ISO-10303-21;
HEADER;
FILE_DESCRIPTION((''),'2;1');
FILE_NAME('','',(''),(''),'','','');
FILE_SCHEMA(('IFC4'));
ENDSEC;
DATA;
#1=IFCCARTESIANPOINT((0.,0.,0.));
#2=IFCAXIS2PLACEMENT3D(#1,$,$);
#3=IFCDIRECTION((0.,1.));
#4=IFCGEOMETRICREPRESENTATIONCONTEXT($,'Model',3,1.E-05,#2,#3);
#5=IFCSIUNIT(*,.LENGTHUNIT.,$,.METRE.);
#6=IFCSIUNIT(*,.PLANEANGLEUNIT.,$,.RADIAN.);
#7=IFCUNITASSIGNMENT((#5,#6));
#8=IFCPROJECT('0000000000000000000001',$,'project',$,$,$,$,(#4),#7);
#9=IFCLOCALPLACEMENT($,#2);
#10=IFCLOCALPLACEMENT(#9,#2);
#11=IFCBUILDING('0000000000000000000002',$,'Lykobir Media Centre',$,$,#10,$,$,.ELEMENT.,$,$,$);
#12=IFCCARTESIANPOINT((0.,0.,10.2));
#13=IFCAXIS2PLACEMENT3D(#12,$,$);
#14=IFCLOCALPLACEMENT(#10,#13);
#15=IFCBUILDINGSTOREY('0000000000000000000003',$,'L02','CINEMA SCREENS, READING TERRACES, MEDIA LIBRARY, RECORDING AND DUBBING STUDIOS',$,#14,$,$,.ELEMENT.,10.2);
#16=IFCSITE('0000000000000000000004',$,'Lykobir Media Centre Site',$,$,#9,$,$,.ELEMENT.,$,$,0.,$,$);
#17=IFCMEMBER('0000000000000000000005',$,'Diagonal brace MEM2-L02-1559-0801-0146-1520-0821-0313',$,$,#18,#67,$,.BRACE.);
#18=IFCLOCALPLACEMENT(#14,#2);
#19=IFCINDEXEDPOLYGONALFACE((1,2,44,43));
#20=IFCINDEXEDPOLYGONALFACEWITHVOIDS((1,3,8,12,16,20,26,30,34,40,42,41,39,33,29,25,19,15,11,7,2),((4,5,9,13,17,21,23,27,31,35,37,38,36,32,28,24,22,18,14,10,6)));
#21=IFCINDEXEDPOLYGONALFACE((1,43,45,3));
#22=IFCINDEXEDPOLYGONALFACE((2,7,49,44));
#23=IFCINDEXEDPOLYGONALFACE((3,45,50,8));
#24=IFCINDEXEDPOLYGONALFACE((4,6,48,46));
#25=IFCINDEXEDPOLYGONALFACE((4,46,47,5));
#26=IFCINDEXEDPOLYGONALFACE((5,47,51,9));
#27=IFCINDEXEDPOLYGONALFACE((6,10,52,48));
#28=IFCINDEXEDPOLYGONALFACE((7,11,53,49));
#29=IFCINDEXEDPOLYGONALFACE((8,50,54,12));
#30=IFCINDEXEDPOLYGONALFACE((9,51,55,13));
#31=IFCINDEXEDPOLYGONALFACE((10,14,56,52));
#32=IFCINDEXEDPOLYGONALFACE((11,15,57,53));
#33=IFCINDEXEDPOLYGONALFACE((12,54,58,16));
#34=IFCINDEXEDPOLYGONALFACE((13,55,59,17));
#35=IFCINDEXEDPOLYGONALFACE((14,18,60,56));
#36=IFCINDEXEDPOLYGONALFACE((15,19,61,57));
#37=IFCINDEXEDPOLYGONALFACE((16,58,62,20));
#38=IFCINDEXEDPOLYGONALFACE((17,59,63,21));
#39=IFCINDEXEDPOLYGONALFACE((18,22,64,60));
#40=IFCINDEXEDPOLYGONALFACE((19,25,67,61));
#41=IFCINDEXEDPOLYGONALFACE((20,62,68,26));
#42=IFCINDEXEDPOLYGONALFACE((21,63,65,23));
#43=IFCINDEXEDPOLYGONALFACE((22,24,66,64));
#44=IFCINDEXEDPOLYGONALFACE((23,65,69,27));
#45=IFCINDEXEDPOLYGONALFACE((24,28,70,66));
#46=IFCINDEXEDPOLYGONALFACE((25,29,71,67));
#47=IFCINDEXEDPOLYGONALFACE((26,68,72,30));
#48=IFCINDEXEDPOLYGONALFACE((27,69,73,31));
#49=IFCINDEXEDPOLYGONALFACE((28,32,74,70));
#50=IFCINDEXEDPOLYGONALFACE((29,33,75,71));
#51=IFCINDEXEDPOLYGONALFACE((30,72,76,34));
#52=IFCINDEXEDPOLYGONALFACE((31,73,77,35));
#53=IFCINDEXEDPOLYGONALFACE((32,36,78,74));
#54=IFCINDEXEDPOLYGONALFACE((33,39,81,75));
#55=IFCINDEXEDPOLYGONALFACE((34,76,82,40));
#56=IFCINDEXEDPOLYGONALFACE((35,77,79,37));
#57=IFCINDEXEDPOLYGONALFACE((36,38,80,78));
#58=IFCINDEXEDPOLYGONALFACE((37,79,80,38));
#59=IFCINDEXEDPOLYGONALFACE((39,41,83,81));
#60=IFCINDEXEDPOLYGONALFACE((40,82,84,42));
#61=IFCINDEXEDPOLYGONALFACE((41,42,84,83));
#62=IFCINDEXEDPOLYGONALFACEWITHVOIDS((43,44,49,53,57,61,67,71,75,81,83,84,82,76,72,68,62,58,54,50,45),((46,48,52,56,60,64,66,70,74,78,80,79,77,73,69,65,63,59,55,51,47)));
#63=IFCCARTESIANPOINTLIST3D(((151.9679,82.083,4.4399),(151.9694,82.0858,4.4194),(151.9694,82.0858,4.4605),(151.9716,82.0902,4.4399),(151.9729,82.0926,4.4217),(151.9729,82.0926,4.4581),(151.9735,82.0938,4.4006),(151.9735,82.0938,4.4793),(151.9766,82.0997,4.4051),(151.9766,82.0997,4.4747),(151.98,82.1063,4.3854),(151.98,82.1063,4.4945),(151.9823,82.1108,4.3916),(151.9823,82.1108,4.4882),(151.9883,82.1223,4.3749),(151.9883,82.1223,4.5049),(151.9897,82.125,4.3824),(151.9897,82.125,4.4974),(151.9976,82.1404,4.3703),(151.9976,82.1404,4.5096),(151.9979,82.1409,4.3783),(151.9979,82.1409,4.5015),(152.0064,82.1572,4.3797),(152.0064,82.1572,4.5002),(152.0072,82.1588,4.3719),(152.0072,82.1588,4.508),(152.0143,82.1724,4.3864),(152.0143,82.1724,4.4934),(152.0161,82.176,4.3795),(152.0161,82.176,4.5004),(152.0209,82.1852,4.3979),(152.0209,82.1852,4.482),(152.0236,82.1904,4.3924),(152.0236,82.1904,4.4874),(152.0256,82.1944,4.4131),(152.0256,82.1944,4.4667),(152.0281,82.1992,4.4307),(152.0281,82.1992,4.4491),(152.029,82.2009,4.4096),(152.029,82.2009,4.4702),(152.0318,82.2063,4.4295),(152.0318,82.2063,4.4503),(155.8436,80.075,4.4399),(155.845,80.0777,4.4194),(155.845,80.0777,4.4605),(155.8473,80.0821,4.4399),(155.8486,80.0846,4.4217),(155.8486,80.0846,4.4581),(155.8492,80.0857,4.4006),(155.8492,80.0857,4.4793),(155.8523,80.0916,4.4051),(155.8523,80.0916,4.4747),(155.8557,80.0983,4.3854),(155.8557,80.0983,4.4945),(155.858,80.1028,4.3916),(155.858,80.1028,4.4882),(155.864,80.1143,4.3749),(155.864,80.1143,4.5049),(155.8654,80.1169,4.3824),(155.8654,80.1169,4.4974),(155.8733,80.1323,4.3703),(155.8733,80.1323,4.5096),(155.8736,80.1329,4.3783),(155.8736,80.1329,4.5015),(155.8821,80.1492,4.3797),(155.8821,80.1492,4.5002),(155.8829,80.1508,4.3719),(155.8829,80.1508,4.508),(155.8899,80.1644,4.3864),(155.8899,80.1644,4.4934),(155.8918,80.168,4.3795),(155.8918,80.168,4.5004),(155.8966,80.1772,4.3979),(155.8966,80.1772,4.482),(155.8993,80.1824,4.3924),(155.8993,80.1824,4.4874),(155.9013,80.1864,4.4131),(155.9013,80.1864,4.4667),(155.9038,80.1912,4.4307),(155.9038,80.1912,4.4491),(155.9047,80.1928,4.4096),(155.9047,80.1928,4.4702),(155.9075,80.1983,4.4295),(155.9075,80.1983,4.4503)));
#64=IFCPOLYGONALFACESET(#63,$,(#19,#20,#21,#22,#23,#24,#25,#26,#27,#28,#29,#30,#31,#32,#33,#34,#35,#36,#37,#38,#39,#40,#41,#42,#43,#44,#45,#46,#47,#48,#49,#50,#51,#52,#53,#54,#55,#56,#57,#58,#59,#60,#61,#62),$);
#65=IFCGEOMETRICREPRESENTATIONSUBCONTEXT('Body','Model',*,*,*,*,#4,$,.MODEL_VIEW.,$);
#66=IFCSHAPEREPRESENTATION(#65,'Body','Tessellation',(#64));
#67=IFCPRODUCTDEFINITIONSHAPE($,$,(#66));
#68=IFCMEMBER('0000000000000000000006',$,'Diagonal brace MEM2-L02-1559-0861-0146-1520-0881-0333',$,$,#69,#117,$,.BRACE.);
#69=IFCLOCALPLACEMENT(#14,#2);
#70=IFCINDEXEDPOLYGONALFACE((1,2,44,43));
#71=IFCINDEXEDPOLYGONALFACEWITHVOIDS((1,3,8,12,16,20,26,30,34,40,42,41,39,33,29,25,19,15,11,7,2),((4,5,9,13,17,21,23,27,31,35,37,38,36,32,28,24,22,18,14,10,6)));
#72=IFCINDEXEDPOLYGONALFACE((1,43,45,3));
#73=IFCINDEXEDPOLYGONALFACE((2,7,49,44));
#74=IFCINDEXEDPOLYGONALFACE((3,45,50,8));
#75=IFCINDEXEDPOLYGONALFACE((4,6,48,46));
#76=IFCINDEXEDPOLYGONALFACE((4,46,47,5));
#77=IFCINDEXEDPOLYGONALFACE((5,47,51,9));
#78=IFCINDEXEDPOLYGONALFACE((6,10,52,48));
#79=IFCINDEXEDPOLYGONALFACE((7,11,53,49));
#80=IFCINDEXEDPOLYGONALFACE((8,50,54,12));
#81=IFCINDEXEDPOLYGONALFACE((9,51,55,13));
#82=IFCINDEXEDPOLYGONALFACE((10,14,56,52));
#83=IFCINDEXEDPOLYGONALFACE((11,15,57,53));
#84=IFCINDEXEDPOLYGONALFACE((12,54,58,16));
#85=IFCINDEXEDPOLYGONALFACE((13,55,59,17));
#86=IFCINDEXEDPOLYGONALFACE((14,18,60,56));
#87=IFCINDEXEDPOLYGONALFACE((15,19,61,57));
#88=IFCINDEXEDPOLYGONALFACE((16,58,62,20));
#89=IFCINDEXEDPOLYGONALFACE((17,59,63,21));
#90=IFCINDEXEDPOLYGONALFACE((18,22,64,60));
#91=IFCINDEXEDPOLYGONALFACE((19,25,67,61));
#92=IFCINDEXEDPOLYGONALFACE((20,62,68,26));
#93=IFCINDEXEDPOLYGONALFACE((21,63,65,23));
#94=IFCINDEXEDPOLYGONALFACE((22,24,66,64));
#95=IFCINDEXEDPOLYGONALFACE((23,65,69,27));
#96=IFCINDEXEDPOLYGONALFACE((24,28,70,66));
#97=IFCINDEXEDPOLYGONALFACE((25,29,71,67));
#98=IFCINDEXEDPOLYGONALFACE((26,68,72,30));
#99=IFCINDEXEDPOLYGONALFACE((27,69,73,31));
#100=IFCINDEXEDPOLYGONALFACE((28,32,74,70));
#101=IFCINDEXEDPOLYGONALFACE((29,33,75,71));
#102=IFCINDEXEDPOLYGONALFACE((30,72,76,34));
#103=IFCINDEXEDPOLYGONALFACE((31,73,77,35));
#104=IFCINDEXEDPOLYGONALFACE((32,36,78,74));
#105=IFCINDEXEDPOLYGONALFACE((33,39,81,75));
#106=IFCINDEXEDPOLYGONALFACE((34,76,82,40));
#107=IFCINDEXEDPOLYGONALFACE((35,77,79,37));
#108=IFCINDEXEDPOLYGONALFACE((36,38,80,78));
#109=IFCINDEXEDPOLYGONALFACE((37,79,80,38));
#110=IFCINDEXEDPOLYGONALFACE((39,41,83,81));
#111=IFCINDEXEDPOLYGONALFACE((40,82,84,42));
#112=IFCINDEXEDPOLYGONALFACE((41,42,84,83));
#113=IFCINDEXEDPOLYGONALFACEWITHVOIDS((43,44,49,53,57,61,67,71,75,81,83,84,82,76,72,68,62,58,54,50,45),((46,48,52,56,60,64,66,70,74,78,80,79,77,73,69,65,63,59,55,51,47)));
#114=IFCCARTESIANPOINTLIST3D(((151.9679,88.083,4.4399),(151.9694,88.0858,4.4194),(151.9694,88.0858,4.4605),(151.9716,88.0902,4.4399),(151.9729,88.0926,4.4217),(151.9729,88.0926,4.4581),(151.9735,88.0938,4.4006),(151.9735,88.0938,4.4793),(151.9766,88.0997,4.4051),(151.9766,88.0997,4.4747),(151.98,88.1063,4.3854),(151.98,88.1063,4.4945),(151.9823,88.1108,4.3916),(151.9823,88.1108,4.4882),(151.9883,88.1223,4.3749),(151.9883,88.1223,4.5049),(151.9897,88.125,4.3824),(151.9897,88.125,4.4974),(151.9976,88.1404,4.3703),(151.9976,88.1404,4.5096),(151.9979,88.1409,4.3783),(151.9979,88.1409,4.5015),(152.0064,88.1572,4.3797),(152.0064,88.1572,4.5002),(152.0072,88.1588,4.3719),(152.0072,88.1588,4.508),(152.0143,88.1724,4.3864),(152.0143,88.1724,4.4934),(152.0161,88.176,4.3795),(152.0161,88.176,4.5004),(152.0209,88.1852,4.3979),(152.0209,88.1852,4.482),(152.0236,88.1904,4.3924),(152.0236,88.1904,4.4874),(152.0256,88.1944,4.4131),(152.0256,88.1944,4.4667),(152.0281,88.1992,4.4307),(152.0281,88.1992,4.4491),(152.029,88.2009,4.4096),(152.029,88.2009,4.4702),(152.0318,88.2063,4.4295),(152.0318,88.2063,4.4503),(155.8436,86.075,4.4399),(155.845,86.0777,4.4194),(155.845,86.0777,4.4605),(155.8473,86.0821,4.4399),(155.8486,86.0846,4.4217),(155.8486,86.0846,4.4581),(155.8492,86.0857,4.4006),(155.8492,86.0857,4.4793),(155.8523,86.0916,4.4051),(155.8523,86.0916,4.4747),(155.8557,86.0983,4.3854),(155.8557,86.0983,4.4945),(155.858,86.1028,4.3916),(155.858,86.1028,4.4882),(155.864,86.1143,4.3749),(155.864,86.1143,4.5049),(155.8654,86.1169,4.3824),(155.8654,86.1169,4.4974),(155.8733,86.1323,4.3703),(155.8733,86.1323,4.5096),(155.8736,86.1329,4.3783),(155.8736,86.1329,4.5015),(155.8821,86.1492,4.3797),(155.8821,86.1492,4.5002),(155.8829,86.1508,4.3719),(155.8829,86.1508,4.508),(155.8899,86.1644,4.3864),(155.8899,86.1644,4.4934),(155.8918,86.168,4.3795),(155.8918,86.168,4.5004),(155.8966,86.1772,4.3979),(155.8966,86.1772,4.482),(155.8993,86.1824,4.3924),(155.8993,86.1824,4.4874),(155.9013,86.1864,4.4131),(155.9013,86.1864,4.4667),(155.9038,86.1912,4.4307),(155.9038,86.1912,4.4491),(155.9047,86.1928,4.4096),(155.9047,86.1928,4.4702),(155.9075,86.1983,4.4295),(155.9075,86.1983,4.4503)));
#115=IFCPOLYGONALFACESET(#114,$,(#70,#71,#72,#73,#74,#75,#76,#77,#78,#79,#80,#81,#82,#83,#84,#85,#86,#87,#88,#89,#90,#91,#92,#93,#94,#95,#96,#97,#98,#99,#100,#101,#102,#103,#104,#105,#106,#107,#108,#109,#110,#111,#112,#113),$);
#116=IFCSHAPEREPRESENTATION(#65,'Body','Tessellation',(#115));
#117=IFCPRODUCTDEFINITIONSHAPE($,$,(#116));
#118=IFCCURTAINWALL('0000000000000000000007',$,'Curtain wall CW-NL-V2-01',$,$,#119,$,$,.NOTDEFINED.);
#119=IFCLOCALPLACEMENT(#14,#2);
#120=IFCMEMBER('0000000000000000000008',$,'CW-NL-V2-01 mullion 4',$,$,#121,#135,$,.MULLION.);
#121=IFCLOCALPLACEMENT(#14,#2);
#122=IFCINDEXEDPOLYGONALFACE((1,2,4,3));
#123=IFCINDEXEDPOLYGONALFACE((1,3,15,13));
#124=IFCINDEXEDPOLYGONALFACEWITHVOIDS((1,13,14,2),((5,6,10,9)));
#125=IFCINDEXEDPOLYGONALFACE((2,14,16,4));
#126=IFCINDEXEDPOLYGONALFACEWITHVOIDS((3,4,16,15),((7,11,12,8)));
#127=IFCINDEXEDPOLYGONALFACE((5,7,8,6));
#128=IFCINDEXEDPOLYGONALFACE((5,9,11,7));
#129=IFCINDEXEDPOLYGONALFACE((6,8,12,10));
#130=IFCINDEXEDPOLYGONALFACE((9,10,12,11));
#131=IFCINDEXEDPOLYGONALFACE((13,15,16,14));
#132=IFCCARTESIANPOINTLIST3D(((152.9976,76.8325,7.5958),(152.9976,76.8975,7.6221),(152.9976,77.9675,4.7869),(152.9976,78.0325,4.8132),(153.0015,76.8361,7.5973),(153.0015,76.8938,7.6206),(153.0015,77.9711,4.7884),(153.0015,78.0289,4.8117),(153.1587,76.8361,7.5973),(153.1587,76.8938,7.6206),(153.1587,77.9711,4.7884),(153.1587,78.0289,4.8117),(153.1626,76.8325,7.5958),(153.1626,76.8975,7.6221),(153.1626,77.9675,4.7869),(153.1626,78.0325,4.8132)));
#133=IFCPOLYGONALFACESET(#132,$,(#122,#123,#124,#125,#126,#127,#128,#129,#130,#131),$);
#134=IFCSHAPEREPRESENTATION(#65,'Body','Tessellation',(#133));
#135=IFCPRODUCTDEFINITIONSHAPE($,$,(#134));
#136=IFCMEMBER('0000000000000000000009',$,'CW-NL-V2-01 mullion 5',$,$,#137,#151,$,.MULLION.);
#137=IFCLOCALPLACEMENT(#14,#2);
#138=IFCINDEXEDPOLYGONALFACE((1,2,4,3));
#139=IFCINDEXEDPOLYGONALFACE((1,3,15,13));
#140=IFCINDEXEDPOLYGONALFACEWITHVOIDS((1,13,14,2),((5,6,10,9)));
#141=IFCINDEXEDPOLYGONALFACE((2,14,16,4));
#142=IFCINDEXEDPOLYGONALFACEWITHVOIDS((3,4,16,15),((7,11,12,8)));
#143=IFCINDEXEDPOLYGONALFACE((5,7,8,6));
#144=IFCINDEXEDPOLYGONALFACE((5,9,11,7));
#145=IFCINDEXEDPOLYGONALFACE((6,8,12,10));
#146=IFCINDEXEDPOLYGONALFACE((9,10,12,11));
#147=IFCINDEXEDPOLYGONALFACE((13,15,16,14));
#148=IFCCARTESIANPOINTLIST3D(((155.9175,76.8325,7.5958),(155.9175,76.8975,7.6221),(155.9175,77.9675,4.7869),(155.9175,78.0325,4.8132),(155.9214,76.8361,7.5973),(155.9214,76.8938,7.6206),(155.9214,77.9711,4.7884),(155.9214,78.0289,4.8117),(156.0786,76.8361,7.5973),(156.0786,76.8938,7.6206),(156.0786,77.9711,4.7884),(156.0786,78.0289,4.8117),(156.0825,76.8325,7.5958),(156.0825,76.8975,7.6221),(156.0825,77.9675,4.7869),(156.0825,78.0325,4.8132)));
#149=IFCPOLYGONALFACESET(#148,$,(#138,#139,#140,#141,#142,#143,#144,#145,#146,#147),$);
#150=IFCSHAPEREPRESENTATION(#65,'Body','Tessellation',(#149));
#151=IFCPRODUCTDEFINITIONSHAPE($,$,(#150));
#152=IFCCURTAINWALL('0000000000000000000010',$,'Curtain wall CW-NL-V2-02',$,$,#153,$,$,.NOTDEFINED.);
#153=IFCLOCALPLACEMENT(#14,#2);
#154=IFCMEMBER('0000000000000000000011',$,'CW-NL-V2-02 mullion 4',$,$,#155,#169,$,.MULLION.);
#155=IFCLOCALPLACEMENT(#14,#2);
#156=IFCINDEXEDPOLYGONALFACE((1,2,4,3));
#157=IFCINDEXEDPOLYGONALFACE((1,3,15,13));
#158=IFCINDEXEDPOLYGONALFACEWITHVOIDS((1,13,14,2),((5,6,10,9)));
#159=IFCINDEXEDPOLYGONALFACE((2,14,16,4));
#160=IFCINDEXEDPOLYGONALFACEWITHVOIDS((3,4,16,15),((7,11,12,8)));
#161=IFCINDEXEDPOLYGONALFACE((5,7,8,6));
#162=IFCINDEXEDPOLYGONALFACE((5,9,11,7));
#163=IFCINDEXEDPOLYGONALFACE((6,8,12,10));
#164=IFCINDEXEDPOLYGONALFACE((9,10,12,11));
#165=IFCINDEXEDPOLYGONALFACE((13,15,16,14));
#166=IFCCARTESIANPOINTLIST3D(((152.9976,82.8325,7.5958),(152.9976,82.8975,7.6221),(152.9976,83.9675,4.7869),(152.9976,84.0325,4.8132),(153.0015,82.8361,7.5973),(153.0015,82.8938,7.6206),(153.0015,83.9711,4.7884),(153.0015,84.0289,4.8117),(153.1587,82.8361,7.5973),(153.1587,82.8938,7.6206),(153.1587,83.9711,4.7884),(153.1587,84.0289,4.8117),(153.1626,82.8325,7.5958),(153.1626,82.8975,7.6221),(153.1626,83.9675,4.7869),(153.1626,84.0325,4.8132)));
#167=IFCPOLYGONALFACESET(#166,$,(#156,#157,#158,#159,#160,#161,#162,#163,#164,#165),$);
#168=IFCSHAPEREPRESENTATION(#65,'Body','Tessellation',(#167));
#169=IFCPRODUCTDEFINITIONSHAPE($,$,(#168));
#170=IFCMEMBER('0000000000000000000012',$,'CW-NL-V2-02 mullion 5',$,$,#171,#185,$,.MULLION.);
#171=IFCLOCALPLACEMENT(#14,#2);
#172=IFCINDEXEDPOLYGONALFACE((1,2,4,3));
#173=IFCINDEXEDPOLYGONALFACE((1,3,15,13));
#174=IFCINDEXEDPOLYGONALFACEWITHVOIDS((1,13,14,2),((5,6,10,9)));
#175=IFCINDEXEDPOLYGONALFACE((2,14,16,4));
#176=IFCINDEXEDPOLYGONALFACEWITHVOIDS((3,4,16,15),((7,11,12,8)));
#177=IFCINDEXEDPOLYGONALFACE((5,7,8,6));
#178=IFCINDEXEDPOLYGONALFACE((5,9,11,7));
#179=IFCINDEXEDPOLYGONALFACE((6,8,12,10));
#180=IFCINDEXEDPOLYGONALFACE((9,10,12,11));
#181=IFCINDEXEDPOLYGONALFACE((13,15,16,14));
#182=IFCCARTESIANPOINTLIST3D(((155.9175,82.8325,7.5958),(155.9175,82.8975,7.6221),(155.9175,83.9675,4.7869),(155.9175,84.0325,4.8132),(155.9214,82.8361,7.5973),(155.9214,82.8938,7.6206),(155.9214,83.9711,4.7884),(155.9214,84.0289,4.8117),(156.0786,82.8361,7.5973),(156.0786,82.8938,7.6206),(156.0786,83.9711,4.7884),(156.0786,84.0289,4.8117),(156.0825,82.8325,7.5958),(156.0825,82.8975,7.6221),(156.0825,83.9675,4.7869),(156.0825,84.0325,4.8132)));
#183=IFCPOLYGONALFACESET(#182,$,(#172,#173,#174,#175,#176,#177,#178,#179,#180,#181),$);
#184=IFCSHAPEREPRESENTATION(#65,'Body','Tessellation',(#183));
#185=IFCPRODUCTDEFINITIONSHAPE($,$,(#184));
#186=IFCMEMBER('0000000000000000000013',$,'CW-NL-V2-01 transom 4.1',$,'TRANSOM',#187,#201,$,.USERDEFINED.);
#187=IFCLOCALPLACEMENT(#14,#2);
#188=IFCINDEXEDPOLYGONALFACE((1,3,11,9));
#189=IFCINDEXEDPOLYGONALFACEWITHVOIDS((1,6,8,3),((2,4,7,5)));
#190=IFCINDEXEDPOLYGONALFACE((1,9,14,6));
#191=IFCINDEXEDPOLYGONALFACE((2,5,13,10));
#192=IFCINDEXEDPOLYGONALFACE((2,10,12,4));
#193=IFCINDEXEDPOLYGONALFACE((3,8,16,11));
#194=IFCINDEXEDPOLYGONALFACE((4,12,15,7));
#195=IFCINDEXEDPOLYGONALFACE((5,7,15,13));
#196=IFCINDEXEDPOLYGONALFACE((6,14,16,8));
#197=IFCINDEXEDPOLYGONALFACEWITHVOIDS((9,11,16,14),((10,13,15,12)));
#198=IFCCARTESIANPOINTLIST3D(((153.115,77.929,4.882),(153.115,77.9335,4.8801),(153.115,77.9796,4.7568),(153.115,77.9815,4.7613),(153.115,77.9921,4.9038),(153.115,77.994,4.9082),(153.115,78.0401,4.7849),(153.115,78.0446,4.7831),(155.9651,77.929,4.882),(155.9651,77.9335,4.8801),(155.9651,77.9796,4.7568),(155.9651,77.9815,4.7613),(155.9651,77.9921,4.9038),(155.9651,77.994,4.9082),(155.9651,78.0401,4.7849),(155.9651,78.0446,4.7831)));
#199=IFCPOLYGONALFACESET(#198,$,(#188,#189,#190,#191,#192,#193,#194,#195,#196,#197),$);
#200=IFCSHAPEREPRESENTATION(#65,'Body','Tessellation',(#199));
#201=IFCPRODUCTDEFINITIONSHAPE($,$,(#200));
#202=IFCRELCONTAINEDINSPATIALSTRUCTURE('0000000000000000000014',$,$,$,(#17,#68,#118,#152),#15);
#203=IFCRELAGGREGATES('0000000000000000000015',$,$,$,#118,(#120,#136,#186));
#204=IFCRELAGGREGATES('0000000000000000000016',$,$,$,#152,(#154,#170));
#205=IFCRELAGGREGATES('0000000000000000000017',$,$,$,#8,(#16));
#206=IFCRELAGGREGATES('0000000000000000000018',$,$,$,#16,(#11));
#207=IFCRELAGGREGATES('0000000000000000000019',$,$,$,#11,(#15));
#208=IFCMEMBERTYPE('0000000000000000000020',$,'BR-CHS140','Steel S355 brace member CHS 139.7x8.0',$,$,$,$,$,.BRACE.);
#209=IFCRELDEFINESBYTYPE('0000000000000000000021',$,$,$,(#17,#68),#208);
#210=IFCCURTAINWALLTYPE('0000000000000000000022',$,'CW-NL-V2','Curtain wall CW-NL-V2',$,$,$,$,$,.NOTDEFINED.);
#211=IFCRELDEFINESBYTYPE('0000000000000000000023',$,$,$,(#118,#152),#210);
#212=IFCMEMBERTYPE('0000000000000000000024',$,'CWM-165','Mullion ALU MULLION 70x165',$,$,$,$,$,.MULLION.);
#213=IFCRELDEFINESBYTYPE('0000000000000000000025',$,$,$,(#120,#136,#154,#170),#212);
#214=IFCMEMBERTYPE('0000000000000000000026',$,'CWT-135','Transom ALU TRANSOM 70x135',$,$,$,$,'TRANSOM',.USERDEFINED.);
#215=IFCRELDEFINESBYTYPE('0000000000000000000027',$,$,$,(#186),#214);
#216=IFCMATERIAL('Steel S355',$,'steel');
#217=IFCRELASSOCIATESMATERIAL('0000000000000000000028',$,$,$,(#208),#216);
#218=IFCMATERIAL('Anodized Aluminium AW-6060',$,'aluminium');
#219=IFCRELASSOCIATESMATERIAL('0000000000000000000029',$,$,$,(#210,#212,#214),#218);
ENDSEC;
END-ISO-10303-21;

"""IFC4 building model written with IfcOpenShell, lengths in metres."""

from ifc_helpers import new_model, si_unit, direction, frame, origin, origin_2d, place, context, subcontext, project, spatial, hollow_rectangle, hollow_circle, extrude, material, material_profile, profile_set, type_object, element, aggregate, save


model = new_model("IFC4")

# Units and contexts
model_context = context("Model", 3, precision=1e-05, world=origin(), true_north=direction((0.0, 1.0)))
body_context = subcontext(model_context, "Body", "Model", "MODEL_VIEW")
ifc_project = project(units=[si_unit("LENGTHUNIT", "METRE"), si_unit("PLANEANGLEUNIT", "RADIAN")], contexts=[model_context])

# Site, building, storey
site_placement = place(None, origin())
site = spatial("IfcSite", under=ifc_project, at=site_placement, Name="Lykobir Media Centre Site", CompositionType="ELEMENT", RefElevation=0.0)
building_placement = place(site_placement, origin())
building = spatial("IfcBuilding", under=site, at=building_placement, Name="Lykobir Media Centre", CompositionType="ELEMENT")
storey_placement = place(building_placement, frame((0.0, 0.0, 10.2)))
storey = spatial("IfcBuildingStorey", under=building, at=storey_placement, Name="L02", Description="CINEMA SCREENS, READING TERRACES, MEDIA LIBRARY, RECORDING AND DUBBING STUDIOS", CompositionType="ELEMENT", Elevation=10.2)

# Members
ifc_material_1 = material(Name="Steel S355", Category="steel")
ifc_material_profile_1 = material_profile(ifc_material_1, hollow_circle(Radius=0.0698, WallThickness=0.0081, at=origin_2d()), Name="CHS 139.7x8.0")
ifc_profile_set_1 = profile_set([ifc_material_profile_1], Name="Steel S355")
member_type_1 = type_object("IfcMemberType", Name="BR-CHS140", Description="Steel S355 brace member CHS 139.7x8.0", PredefinedType="BRACE", material=ifc_profile_set_1)
for number, where, z_axis, x_axis, name in (
    (1, (155.8757, 80.137, 4.4399), (-0.887903, 0.460031, 0.0), (-0.460031, -0.887903, 0.0), "Diagonal brace MEM2-L02-1559-0801-0146-1520-0821-0313"),
    (2, (155.8757, 86.137, 4.4399), (-0.887903, 0.460031, 0.0), (-0.460031, -0.887903, 0.0), "Diagonal brace MEM2-L02-1559-0861-0146-1520-0881-0333"),
):
    element("IfcMember", number, at=place(storey_placement, frame(where, z_axis=z_axis, x_axis=x_axis)), inside=storey, type_object=member_type_1, Name=name, PredefinedType="BRACE", context=body_context, shape_type="SweptSolid", body=[
        extrude(hollow_circle(Radius=0.0698, WallThickness=0.0081, at=origin_2d()), origin(), (0.0, 0.0, 1.0), 4.365),
    ])

# Curtain walls, members
ifc_material_2 = material(Name="Anodized Aluminium AW-6060", Category="aluminium")
curtain_wall_type = type_object("IfcCurtainWallType", Name="CW-NL-V2", Description="Curtain wall CW-NL-V2", PredefinedType="NOTDEFINED", material=ifc_material_2)
curtain_wall_1_placement = place(storey_placement, origin())
curtain_wall_1 = element("IfcCurtainWall", 3, at=curtain_wall_1_placement, inside=storey, type_object=curtain_wall_type, Name="Curtain wall CW-NL-V2-01", PredefinedType="NOTDEFINED")
ifc_material_profile_2 = material_profile(ifc_material_2, hollow_rectangle(XDim=0.0701, YDim=0.165, WallThickness=0.0039, at=origin_2d()), Name="ALU MULLION 70x165")
ifc_profile_set_2 = profile_set([ifc_material_profile_2], Name="Anodized Aluminium AW-6060")
member_type_2 = type_object("IfcMemberType", Name="CWM-165", Description="Mullion ALU MULLION 70x165", PredefinedType="MULLION", material=ifc_profile_set_2)
member_1_placement = place(storey_placement, frame((153.0801, 78.0, 4.8), z_axis=(0.0, -0.374654, 0.927165), x_axis=(0.0, 0.927165, 0.374654)))
member_1 = element("IfcMember", 4, at=member_1_placement, type_object=member_type_2, Name="CW-NL-V2-01 mullion 4", PredefinedType="MULLION", context=body_context, shape_type="SweptSolid", body=[
    extrude(hollow_rectangle(XDim=0.0701, YDim=0.165, WallThickness=0.0039, at=origin_2d()), origin(), (0.0, 0.0, 1.0), 3.0295),
])
member_2_placement = place(storey_placement, frame((156.0, 78.0, 4.8), z_axis=(0.0, -0.374654, 0.927165), x_axis=(0.0, 0.927165, 0.374654)))
member_2 = element("IfcMember", 5, at=member_2_placement, type_object=member_type_2, Name="CW-NL-V2-01 mullion 5", PredefinedType="MULLION", context=body_context, shape_type="SweptSolid", body=[
    extrude(hollow_rectangle(XDim=0.0701, YDim=0.165, WallThickness=0.0039, at=origin_2d()), origin(), (0.0, 0.0, 1.0), 3.0295),
])
curtain_wall_2_placement = place(storey_placement, origin())
curtain_wall_2 = element("IfcCurtainWall", 6, at=curtain_wall_2_placement, inside=storey, type_object=curtain_wall_type, Name="Curtain wall CW-NL-V2-02", PredefinedType="NOTDEFINED")
member_3_placement = place(storey_placement, frame((153.0801, 84.0, 4.8), z_axis=(0.0, -0.374654, 0.927165), x_axis=(0.0, 0.927165, 0.374654)))
member_3 = element("IfcMember", 7, at=member_3_placement, type_object=member_type_2, Name="CW-NL-V2-02 mullion 4", PredefinedType="MULLION", context=body_context, shape_type="SweptSolid", body=[
    extrude(hollow_rectangle(XDim=0.0701, YDim=0.165, WallThickness=0.0039, at=origin_2d()), origin(), (0.0, 0.0, 1.0), 3.0295),
])
member_4_placement = place(storey_placement, frame((156.0, 84.0, 4.8), z_axis=(0.0, -0.374654, 0.927165), x_axis=(0.0, 0.927165, 0.374654)))
member_4 = element("IfcMember", 8, at=member_4_placement, type_object=member_type_2, Name="CW-NL-V2-02 mullion 5", PredefinedType="MULLION", context=body_context, shape_type="SweptSolid", body=[
    extrude(hollow_rectangle(XDim=0.0701, YDim=0.165, WallThickness=0.0039, at=origin_2d()), origin(), (0.0, 0.0, 1.0), 3.0295),
])

# Member
ifc_material_profile_3 = material_profile(ifc_material_2, hollow_rectangle(XDim=0.0701, YDim=0.135, WallThickness=0.0034, at=origin_2d()), Name="ALU TRANSOM 70x135")
ifc_profile_set_3 = profile_set([ifc_material_profile_3], Name="Anodized Aluminium AW-6060")
member_type_3 = type_object("IfcMemberType", Name="CWT-135", Description="Transom ALU TRANSOM 70x135", ElementType="TRANSOM", PredefinedType="USERDEFINED", material=ifc_profile_set_3)
member_5_placement = place(storey_placement, frame((153.115, 77.9868, 4.8325), z_axis=(1.0, 0.0, 0.0), x_axis=(0.0, 0.927184, 0.374607)))
member_5 = element("IfcMember", 9, at=member_5_placement, type_object=member_type_3, Name="CW-NL-V2-01 transom 4.1", ObjectType="TRANSOM", PredefinedType="USERDEFINED", context=body_context, shape_type="SweptSolid", body=[
    extrude(hollow_rectangle(XDim=0.0701, YDim=0.135, WallThickness=0.0034, at=origin_2d()), origin(), (0.0, 0.0, 1.0), 2.8501),
])
aggregate(curtain_wall_1, [member_1, member_2, member_5])

aggregate(curtain_wall_2, [member_3, member_4])

save(model, "model.ifc")
